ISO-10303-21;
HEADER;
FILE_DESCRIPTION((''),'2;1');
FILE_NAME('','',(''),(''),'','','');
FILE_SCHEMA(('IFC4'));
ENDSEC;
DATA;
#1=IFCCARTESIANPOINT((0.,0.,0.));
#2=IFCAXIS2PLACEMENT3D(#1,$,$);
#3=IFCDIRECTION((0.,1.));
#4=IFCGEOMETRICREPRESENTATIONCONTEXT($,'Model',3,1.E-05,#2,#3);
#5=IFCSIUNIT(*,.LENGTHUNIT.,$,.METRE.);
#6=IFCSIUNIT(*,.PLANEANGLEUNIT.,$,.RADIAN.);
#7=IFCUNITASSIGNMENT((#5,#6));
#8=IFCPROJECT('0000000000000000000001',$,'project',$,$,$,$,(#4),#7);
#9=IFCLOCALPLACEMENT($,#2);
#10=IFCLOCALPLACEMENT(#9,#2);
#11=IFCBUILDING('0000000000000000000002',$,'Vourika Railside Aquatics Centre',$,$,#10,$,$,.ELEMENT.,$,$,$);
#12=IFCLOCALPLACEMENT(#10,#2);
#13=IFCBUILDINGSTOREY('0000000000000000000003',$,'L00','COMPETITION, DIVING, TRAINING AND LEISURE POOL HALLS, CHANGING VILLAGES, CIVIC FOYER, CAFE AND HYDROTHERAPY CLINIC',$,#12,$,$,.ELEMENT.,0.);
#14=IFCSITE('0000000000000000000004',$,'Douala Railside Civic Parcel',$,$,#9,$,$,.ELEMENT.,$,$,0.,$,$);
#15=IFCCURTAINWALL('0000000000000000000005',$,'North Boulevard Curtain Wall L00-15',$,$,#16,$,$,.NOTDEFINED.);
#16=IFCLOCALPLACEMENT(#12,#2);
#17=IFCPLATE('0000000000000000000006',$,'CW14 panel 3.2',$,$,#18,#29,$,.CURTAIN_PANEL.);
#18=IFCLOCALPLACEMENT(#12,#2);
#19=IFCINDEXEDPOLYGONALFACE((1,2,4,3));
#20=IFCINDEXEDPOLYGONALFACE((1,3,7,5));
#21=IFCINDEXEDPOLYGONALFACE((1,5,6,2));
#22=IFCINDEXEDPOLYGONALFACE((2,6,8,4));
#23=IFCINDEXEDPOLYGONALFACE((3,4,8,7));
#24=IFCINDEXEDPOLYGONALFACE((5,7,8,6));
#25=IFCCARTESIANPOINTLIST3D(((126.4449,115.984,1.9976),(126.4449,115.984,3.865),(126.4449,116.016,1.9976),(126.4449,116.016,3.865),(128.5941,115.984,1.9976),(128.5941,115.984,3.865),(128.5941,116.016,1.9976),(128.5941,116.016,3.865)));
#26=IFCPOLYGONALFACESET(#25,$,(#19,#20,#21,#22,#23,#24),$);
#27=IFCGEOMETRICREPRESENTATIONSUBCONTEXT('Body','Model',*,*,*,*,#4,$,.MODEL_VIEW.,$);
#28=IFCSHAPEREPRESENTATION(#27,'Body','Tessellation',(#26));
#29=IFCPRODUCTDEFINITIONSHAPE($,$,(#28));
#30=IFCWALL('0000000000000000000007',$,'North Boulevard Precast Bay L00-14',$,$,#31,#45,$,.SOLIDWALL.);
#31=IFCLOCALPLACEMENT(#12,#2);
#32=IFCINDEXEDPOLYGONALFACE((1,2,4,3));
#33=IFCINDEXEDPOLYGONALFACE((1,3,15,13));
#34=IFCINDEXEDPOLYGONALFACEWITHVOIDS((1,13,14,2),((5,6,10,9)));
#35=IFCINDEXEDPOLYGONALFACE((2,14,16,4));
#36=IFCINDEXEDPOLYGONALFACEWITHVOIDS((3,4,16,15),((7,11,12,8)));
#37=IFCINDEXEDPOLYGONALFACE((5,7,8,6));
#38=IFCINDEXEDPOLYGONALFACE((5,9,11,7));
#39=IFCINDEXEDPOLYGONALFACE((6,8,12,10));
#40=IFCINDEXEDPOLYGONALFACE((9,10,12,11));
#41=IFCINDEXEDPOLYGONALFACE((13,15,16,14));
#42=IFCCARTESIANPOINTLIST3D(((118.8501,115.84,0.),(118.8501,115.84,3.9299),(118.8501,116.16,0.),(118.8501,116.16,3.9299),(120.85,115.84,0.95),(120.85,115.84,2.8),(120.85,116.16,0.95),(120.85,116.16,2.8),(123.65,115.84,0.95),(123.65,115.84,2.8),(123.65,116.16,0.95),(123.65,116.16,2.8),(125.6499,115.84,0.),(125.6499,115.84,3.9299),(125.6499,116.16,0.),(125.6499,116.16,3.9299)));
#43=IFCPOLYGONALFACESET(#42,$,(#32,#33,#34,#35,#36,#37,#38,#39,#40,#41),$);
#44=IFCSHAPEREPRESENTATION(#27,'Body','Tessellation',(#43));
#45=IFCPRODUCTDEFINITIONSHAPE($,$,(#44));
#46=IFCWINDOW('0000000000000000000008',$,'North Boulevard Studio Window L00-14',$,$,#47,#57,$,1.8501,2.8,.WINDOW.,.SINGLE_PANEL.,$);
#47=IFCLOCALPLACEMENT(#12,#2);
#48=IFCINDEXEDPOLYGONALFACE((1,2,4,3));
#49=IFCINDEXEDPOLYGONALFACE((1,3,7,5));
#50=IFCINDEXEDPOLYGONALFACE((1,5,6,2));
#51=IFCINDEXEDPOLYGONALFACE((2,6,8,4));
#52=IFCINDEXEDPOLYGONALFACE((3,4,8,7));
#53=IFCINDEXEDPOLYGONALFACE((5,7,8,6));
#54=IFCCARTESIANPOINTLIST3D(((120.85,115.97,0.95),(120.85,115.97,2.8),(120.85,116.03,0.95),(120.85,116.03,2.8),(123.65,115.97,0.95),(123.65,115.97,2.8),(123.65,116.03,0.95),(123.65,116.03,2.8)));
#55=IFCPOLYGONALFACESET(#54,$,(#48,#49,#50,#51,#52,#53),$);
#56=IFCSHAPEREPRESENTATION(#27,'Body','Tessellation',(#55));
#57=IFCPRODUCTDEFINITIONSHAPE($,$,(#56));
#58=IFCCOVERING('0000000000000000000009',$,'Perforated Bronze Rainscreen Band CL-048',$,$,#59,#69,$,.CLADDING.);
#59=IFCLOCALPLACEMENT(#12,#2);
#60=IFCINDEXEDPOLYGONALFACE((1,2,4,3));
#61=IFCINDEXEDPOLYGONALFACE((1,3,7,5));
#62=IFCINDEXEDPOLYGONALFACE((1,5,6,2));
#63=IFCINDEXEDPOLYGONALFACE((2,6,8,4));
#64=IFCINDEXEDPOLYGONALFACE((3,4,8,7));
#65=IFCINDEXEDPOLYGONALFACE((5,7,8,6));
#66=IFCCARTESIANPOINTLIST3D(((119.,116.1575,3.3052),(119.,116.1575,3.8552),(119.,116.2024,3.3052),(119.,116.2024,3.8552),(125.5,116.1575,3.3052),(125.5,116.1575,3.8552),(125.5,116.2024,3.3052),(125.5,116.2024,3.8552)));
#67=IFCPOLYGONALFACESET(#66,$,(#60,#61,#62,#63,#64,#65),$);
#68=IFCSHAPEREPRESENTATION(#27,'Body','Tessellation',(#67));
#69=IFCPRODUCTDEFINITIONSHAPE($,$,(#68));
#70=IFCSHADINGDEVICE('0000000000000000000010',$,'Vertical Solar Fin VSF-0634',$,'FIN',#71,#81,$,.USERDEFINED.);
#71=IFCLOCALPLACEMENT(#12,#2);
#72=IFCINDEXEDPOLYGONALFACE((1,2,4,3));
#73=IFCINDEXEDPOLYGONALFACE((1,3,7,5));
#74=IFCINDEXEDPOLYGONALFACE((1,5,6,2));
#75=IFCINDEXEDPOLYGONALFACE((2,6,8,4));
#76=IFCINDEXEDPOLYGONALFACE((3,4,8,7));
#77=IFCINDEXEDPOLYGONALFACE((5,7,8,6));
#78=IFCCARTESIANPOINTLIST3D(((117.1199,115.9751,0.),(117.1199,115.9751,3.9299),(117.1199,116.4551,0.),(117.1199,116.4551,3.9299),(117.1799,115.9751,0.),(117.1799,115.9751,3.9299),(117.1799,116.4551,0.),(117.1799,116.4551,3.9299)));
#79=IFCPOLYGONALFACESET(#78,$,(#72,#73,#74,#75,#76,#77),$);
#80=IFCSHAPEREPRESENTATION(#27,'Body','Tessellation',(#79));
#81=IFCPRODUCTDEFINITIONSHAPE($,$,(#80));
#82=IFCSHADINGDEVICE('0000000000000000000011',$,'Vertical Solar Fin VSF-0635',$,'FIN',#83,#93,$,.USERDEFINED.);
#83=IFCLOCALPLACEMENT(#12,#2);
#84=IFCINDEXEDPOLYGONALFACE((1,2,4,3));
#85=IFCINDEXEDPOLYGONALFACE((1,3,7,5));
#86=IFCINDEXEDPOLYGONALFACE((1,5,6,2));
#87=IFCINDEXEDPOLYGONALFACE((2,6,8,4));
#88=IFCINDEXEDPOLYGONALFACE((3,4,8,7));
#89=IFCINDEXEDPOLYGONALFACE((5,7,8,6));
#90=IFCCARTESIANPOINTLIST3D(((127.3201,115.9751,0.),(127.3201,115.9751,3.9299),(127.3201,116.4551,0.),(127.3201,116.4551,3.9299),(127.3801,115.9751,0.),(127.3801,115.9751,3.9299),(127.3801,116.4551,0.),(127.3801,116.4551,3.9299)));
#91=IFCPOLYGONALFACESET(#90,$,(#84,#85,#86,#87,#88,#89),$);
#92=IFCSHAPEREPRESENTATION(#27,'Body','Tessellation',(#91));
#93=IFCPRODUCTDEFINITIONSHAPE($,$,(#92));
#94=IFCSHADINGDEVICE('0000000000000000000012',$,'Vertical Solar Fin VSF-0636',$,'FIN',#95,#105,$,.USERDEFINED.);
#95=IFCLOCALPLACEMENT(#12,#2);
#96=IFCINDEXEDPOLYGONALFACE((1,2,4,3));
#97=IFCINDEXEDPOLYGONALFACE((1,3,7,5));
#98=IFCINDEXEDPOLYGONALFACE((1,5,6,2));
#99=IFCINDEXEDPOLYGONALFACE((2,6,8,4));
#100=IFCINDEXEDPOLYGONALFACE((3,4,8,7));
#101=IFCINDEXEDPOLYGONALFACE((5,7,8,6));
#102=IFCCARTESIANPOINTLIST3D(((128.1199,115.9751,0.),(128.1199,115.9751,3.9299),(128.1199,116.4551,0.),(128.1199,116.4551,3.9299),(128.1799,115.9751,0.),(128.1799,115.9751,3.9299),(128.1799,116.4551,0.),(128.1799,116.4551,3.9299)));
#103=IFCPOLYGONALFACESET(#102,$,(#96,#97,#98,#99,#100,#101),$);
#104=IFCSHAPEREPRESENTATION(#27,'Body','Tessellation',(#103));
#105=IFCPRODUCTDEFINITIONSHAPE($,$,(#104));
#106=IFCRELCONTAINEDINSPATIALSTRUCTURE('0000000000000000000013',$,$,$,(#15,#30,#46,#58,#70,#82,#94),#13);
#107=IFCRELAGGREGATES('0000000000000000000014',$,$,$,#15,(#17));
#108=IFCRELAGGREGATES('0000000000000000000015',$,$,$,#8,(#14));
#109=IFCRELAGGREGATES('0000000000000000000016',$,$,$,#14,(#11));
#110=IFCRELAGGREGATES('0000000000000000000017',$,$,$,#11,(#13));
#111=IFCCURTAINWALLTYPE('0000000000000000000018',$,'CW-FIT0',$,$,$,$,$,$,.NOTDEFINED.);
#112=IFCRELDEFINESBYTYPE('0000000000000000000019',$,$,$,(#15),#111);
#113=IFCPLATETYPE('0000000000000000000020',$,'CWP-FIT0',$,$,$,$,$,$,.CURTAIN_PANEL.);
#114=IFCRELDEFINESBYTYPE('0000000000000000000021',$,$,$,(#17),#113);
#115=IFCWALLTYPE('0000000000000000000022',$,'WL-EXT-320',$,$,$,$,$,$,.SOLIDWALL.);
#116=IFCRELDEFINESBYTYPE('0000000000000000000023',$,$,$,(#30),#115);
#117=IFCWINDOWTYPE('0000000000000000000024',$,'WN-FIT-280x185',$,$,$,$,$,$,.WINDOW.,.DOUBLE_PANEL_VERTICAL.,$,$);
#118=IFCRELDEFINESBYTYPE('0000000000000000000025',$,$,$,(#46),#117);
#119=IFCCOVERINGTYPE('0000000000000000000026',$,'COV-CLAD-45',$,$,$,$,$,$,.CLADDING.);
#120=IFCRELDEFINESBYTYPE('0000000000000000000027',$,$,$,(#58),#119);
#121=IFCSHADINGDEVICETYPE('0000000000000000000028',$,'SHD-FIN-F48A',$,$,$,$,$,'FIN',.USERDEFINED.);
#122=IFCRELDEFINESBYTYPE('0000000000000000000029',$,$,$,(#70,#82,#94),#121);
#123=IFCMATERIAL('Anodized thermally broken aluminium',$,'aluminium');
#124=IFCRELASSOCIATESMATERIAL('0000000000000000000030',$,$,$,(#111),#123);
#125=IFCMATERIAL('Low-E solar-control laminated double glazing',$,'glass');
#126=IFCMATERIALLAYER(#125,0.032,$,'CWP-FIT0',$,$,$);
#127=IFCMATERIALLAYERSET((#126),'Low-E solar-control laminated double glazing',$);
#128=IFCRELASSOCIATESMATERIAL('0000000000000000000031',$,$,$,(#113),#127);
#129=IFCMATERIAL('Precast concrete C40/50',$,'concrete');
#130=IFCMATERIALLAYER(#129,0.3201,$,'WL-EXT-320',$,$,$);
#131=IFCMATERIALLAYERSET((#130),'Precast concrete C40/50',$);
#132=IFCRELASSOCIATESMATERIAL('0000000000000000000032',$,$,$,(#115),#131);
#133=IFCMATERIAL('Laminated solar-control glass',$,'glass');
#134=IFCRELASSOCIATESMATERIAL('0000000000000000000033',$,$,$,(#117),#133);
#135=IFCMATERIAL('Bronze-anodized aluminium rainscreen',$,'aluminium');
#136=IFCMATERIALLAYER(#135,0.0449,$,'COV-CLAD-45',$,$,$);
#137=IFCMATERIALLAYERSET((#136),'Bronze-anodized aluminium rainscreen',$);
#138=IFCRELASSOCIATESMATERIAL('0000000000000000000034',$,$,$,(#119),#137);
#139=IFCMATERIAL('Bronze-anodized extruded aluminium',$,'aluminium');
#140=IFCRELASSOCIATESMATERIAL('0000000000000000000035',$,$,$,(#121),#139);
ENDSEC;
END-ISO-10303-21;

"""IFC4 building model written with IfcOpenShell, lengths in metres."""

from ifc_helpers import new_model, si_unit, direction, frame, frame_2d, origin, origin_2d, place, context, subcontext, project, spatial, rectangle, extrude, material, layer, layer_set, material_profile, profile_set, type_object, element, fill, aggregate, save


model = new_model("IFC4")

# Units and contexts
model_context = context("Model", 3, precision=1e-05, world=origin(), true_north=direction((0.0, 1.0)))
body_context = subcontext(model_context, "Body", "Model", "MODEL_VIEW")
ifc_project = project(units=[si_unit("LENGTHUNIT", "METRE"), si_unit("PLANEANGLEUNIT", "RADIAN")], contexts=[model_context])

# Site, building, storey
site_placement = place(None, origin())
site = spatial("IfcSite", under=ifc_project, at=site_placement, Name="Douala Railside Civic Parcel", CompositionType="ELEMENT", RefElevation=0.0)
building_placement = place(site_placement, origin())
building = spatial("IfcBuilding", under=site, at=building_placement, Name="Vourika Railside Aquatics Centre", CompositionType="ELEMENT")
storey_placement = place(building_placement, origin())
storey = spatial("IfcBuildingStorey", under=building, at=storey_placement, Name="L00", Description="COMPETITION, DIVING, TRAINING AND LEISURE POOL HALLS, CHANGING VILLAGES, CIVIC FOYER, CAFE AND HYDROTHERAPY CLINIC", CompositionType="ELEMENT", Elevation=0.0)

# Curtain wall
ifc_material_1 = material(Name="Anodized thermally broken aluminium", Category="aluminium")
curtain_wall_type = type_object("IfcCurtainWallType", Name="CW-FIT0", PredefinedType="NOTDEFINED", material=ifc_material_1)
curtain_wall_1_placement = place(storey_placement, origin())
curtain_wall_1 = element("IfcCurtainWall", 1, at=curtain_wall_1_placement, inside=storey, type_object=curtain_wall_type, Name="North Boulevard Curtain Wall L00-15", PredefinedType="NOTDEFINED")

# Plate
ifc_material_2 = material(Name="Low-E solar-control laminated double glazing", Category="glass")
ifc_layer_1 = layer(ifc_material_2, 0.032, Name="CWP-FIT0")
ifc_layer_set_1 = layer_set([ifc_layer_1], Name="Low-E solar-control laminated double glazing")
plate_type = type_object("IfcPlateType", Name="CWP-FIT0", PredefinedType="CURTAIN_PANEL", material=ifc_layer_set_1)
plate_1_placement = place(storey_placement, frame((127.5195, 116.0, 1.9976), z_axis=(0.0, 0.0, 1.0), x_axis=(-1.0, 0.0, 0.0)))
plate_1 = element("IfcPlate", 2, at=plate_1_placement, type_object=plate_type, Name="CW14 panel 3.2", PredefinedType="CURTAIN_PANEL", context=body_context, shape_type="SweptSolid", body=[
    extrude(rectangle(XDim=2.1492, YDim=0.032, at=origin_2d()), origin(), (0.0, 0.0, 1.0), 1.8674),
])
aggregate(curtain_wall_1, [plate_1])

# Wall, opening, window
ifc_material_3 = material(Name="Precast concrete C40/50", Category="concrete")
ifc_layer_2 = layer(ifc_material_3, 0.3201, Name="WL-EXT-320")
ifc_layer_set_2 = layer_set([ifc_layer_2], Name="Precast concrete C40/50")
wall_type = type_object("IfcWallType", Name="WL-EXT-320", PredefinedType="SOLIDWALL", material=ifc_layer_set_2)
wall_placement = place(storey_placement, frame((125.6499, 116.0, 0.0), z_axis=(0.0, 0.0, 1.0), x_axis=(-1.0, 0.0, 0.0)))
wall = element("IfcWall", 3, at=wall_placement, inside=storey, type_object=wall_type, Name="North Boulevard Precast Bay L00-14", PredefinedType="SOLIDWALL", context=body_context, shape_type="SweptSolid", body=[
    extrude(rectangle(XDim=6.7998, YDim=0.3201, at=frame_2d((3.3999, 0.0))), origin(), (0.0, 0.0, 1.0), 3.9299),
])
opening_placement = place(wall_placement, frame((2.0, 0.0, 0.95)))
opening = element("IfcOpeningElement", 4, at=opening_placement, cuts=wall, PredefinedType="OPENING", context=body_context, shape_type="SweptSolid", body=[
    extrude(rectangle(XDim=2.8, YDim=1.8501, at=frame_2d((1.3999, 0.925))), frame((0.0, 0.1699, 0.0), z_axis=(0.0, -1.0, 0.0), x_axis=(1.0, 0.0, 0.0)), (0.0, 0.0, 1.0), 0.3401),
])
ifc_material_4 = material(Name="Laminated solar-control glass", Category="glass")
window_type = type_object("IfcWindowType", Name="WN-FIT-280x185", PartitioningType="DOUBLE_PANEL_VERTICAL", PredefinedType="WINDOW", material=ifc_material_4)
window_placement = place(opening_placement, origin())
window = element("IfcWindow", 5, at=window_placement, inside=storey, type_object=window_type, Name="North Boulevard Studio Window L00-14", OverallHeight=1.8501, OverallWidth=2.8, PartitioningType="SINGLE_PANEL", PredefinedType="WINDOW", context=body_context, shape_type="SweptSolid", body=[
    extrude(rectangle(XDim=2.8, YDim=1.8501, at=frame_2d((1.3999, 0.925))), frame((0.0, 0.03, 0.0), z_axis=(0.0, -1.0, 0.0), x_axis=(1.0, 0.0, 0.0)), (0.0, 0.0, 1.0), 0.0601),
])
fill(opening, window)

# Covering
ifc_material_5 = material(Name="Bronze-anodized aluminium rainscreen", Category="aluminium")
ifc_layer_3 = layer(ifc_material_5, 0.0449, Name="COV-CLAD-45")
ifc_layer_set_3 = layer_set([ifc_layer_3], Name="Bronze-anodized aluminium rainscreen")
covering_type = type_object("IfcCoveringType", Name="COV-CLAD-45", PredefinedType="CLADDING", material=ifc_layer_set_3)
covering_placement = place(storey_placement, frame((122.25, 116.1799, 3.3052), z_axis=(0.0, 0.0, 1.0), x_axis=(-1.0, 0.0, 0.0)))
element("IfcCovering", 6, at=covering_placement, inside=storey, type_object=covering_type, Name="Perforated Bronze Rainscreen Band CL-048", PredefinedType="CLADDING", context=body_context, shape_type="SweptSolid", body=[
    extrude(rectangle(XDim=6.5, YDim=0.0449, at=origin_2d()), origin(), (0.0, 0.0, 1.0), 0.55),
])

# Shading devices
ifc_material_6 = material(Name="Bronze-anodized extruded aluminium", Category="aluminium")
ifc_material_profile_1 = material_profile(ifc_material_6, rectangle(XDim=0.0601, YDim=0.48, at=origin_2d()), Name="ALU-FIN 60x480")
ifc_profile_set_1 = profile_set([ifc_material_profile_1], Name="Bronze-anodized extruded aluminium")
shading_device_type = type_object("IfcShadingDeviceType", Name="SHD-FIN-F48A", ElementType="FIN", PredefinedType="USERDEFINED", material=ifc_profile_set_1)
for number, where, z_axis, x_axis, name in (
    (7, (117.1499, 116.2151, 0.0), (0.0, 0.0, 1.0), (1.0, 0.0, 0.0), "Vertical Solar Fin VSF-0634"),
    (8, (127.3501, 116.2151, 0.0), (0.0, 0.0, 1.0), (1.0, 0.0, 0.0), "Vertical Solar Fin VSF-0635"),
    (9, (128.1499, 116.2151, 0.0), (0.0, 0.0, 1.0), (1.0, 0.0, 0.0), "Vertical Solar Fin VSF-0636"),
):
    element("IfcShadingDevice", number, at=place(storey_placement, frame(where, z_axis=z_axis, x_axis=x_axis)), inside=storey, type_object=shading_device_type, Name=name, ObjectType="FIN", PredefinedType="USERDEFINED", context=body_context, shape_type="SweptSolid", body=[
        extrude(rectangle(XDim=0.0601, YDim=0.48, at=origin_2d()), origin(), (0.0, 0.0, 1.0), 3.9299),
    ])

save(model, "model.ifc")
